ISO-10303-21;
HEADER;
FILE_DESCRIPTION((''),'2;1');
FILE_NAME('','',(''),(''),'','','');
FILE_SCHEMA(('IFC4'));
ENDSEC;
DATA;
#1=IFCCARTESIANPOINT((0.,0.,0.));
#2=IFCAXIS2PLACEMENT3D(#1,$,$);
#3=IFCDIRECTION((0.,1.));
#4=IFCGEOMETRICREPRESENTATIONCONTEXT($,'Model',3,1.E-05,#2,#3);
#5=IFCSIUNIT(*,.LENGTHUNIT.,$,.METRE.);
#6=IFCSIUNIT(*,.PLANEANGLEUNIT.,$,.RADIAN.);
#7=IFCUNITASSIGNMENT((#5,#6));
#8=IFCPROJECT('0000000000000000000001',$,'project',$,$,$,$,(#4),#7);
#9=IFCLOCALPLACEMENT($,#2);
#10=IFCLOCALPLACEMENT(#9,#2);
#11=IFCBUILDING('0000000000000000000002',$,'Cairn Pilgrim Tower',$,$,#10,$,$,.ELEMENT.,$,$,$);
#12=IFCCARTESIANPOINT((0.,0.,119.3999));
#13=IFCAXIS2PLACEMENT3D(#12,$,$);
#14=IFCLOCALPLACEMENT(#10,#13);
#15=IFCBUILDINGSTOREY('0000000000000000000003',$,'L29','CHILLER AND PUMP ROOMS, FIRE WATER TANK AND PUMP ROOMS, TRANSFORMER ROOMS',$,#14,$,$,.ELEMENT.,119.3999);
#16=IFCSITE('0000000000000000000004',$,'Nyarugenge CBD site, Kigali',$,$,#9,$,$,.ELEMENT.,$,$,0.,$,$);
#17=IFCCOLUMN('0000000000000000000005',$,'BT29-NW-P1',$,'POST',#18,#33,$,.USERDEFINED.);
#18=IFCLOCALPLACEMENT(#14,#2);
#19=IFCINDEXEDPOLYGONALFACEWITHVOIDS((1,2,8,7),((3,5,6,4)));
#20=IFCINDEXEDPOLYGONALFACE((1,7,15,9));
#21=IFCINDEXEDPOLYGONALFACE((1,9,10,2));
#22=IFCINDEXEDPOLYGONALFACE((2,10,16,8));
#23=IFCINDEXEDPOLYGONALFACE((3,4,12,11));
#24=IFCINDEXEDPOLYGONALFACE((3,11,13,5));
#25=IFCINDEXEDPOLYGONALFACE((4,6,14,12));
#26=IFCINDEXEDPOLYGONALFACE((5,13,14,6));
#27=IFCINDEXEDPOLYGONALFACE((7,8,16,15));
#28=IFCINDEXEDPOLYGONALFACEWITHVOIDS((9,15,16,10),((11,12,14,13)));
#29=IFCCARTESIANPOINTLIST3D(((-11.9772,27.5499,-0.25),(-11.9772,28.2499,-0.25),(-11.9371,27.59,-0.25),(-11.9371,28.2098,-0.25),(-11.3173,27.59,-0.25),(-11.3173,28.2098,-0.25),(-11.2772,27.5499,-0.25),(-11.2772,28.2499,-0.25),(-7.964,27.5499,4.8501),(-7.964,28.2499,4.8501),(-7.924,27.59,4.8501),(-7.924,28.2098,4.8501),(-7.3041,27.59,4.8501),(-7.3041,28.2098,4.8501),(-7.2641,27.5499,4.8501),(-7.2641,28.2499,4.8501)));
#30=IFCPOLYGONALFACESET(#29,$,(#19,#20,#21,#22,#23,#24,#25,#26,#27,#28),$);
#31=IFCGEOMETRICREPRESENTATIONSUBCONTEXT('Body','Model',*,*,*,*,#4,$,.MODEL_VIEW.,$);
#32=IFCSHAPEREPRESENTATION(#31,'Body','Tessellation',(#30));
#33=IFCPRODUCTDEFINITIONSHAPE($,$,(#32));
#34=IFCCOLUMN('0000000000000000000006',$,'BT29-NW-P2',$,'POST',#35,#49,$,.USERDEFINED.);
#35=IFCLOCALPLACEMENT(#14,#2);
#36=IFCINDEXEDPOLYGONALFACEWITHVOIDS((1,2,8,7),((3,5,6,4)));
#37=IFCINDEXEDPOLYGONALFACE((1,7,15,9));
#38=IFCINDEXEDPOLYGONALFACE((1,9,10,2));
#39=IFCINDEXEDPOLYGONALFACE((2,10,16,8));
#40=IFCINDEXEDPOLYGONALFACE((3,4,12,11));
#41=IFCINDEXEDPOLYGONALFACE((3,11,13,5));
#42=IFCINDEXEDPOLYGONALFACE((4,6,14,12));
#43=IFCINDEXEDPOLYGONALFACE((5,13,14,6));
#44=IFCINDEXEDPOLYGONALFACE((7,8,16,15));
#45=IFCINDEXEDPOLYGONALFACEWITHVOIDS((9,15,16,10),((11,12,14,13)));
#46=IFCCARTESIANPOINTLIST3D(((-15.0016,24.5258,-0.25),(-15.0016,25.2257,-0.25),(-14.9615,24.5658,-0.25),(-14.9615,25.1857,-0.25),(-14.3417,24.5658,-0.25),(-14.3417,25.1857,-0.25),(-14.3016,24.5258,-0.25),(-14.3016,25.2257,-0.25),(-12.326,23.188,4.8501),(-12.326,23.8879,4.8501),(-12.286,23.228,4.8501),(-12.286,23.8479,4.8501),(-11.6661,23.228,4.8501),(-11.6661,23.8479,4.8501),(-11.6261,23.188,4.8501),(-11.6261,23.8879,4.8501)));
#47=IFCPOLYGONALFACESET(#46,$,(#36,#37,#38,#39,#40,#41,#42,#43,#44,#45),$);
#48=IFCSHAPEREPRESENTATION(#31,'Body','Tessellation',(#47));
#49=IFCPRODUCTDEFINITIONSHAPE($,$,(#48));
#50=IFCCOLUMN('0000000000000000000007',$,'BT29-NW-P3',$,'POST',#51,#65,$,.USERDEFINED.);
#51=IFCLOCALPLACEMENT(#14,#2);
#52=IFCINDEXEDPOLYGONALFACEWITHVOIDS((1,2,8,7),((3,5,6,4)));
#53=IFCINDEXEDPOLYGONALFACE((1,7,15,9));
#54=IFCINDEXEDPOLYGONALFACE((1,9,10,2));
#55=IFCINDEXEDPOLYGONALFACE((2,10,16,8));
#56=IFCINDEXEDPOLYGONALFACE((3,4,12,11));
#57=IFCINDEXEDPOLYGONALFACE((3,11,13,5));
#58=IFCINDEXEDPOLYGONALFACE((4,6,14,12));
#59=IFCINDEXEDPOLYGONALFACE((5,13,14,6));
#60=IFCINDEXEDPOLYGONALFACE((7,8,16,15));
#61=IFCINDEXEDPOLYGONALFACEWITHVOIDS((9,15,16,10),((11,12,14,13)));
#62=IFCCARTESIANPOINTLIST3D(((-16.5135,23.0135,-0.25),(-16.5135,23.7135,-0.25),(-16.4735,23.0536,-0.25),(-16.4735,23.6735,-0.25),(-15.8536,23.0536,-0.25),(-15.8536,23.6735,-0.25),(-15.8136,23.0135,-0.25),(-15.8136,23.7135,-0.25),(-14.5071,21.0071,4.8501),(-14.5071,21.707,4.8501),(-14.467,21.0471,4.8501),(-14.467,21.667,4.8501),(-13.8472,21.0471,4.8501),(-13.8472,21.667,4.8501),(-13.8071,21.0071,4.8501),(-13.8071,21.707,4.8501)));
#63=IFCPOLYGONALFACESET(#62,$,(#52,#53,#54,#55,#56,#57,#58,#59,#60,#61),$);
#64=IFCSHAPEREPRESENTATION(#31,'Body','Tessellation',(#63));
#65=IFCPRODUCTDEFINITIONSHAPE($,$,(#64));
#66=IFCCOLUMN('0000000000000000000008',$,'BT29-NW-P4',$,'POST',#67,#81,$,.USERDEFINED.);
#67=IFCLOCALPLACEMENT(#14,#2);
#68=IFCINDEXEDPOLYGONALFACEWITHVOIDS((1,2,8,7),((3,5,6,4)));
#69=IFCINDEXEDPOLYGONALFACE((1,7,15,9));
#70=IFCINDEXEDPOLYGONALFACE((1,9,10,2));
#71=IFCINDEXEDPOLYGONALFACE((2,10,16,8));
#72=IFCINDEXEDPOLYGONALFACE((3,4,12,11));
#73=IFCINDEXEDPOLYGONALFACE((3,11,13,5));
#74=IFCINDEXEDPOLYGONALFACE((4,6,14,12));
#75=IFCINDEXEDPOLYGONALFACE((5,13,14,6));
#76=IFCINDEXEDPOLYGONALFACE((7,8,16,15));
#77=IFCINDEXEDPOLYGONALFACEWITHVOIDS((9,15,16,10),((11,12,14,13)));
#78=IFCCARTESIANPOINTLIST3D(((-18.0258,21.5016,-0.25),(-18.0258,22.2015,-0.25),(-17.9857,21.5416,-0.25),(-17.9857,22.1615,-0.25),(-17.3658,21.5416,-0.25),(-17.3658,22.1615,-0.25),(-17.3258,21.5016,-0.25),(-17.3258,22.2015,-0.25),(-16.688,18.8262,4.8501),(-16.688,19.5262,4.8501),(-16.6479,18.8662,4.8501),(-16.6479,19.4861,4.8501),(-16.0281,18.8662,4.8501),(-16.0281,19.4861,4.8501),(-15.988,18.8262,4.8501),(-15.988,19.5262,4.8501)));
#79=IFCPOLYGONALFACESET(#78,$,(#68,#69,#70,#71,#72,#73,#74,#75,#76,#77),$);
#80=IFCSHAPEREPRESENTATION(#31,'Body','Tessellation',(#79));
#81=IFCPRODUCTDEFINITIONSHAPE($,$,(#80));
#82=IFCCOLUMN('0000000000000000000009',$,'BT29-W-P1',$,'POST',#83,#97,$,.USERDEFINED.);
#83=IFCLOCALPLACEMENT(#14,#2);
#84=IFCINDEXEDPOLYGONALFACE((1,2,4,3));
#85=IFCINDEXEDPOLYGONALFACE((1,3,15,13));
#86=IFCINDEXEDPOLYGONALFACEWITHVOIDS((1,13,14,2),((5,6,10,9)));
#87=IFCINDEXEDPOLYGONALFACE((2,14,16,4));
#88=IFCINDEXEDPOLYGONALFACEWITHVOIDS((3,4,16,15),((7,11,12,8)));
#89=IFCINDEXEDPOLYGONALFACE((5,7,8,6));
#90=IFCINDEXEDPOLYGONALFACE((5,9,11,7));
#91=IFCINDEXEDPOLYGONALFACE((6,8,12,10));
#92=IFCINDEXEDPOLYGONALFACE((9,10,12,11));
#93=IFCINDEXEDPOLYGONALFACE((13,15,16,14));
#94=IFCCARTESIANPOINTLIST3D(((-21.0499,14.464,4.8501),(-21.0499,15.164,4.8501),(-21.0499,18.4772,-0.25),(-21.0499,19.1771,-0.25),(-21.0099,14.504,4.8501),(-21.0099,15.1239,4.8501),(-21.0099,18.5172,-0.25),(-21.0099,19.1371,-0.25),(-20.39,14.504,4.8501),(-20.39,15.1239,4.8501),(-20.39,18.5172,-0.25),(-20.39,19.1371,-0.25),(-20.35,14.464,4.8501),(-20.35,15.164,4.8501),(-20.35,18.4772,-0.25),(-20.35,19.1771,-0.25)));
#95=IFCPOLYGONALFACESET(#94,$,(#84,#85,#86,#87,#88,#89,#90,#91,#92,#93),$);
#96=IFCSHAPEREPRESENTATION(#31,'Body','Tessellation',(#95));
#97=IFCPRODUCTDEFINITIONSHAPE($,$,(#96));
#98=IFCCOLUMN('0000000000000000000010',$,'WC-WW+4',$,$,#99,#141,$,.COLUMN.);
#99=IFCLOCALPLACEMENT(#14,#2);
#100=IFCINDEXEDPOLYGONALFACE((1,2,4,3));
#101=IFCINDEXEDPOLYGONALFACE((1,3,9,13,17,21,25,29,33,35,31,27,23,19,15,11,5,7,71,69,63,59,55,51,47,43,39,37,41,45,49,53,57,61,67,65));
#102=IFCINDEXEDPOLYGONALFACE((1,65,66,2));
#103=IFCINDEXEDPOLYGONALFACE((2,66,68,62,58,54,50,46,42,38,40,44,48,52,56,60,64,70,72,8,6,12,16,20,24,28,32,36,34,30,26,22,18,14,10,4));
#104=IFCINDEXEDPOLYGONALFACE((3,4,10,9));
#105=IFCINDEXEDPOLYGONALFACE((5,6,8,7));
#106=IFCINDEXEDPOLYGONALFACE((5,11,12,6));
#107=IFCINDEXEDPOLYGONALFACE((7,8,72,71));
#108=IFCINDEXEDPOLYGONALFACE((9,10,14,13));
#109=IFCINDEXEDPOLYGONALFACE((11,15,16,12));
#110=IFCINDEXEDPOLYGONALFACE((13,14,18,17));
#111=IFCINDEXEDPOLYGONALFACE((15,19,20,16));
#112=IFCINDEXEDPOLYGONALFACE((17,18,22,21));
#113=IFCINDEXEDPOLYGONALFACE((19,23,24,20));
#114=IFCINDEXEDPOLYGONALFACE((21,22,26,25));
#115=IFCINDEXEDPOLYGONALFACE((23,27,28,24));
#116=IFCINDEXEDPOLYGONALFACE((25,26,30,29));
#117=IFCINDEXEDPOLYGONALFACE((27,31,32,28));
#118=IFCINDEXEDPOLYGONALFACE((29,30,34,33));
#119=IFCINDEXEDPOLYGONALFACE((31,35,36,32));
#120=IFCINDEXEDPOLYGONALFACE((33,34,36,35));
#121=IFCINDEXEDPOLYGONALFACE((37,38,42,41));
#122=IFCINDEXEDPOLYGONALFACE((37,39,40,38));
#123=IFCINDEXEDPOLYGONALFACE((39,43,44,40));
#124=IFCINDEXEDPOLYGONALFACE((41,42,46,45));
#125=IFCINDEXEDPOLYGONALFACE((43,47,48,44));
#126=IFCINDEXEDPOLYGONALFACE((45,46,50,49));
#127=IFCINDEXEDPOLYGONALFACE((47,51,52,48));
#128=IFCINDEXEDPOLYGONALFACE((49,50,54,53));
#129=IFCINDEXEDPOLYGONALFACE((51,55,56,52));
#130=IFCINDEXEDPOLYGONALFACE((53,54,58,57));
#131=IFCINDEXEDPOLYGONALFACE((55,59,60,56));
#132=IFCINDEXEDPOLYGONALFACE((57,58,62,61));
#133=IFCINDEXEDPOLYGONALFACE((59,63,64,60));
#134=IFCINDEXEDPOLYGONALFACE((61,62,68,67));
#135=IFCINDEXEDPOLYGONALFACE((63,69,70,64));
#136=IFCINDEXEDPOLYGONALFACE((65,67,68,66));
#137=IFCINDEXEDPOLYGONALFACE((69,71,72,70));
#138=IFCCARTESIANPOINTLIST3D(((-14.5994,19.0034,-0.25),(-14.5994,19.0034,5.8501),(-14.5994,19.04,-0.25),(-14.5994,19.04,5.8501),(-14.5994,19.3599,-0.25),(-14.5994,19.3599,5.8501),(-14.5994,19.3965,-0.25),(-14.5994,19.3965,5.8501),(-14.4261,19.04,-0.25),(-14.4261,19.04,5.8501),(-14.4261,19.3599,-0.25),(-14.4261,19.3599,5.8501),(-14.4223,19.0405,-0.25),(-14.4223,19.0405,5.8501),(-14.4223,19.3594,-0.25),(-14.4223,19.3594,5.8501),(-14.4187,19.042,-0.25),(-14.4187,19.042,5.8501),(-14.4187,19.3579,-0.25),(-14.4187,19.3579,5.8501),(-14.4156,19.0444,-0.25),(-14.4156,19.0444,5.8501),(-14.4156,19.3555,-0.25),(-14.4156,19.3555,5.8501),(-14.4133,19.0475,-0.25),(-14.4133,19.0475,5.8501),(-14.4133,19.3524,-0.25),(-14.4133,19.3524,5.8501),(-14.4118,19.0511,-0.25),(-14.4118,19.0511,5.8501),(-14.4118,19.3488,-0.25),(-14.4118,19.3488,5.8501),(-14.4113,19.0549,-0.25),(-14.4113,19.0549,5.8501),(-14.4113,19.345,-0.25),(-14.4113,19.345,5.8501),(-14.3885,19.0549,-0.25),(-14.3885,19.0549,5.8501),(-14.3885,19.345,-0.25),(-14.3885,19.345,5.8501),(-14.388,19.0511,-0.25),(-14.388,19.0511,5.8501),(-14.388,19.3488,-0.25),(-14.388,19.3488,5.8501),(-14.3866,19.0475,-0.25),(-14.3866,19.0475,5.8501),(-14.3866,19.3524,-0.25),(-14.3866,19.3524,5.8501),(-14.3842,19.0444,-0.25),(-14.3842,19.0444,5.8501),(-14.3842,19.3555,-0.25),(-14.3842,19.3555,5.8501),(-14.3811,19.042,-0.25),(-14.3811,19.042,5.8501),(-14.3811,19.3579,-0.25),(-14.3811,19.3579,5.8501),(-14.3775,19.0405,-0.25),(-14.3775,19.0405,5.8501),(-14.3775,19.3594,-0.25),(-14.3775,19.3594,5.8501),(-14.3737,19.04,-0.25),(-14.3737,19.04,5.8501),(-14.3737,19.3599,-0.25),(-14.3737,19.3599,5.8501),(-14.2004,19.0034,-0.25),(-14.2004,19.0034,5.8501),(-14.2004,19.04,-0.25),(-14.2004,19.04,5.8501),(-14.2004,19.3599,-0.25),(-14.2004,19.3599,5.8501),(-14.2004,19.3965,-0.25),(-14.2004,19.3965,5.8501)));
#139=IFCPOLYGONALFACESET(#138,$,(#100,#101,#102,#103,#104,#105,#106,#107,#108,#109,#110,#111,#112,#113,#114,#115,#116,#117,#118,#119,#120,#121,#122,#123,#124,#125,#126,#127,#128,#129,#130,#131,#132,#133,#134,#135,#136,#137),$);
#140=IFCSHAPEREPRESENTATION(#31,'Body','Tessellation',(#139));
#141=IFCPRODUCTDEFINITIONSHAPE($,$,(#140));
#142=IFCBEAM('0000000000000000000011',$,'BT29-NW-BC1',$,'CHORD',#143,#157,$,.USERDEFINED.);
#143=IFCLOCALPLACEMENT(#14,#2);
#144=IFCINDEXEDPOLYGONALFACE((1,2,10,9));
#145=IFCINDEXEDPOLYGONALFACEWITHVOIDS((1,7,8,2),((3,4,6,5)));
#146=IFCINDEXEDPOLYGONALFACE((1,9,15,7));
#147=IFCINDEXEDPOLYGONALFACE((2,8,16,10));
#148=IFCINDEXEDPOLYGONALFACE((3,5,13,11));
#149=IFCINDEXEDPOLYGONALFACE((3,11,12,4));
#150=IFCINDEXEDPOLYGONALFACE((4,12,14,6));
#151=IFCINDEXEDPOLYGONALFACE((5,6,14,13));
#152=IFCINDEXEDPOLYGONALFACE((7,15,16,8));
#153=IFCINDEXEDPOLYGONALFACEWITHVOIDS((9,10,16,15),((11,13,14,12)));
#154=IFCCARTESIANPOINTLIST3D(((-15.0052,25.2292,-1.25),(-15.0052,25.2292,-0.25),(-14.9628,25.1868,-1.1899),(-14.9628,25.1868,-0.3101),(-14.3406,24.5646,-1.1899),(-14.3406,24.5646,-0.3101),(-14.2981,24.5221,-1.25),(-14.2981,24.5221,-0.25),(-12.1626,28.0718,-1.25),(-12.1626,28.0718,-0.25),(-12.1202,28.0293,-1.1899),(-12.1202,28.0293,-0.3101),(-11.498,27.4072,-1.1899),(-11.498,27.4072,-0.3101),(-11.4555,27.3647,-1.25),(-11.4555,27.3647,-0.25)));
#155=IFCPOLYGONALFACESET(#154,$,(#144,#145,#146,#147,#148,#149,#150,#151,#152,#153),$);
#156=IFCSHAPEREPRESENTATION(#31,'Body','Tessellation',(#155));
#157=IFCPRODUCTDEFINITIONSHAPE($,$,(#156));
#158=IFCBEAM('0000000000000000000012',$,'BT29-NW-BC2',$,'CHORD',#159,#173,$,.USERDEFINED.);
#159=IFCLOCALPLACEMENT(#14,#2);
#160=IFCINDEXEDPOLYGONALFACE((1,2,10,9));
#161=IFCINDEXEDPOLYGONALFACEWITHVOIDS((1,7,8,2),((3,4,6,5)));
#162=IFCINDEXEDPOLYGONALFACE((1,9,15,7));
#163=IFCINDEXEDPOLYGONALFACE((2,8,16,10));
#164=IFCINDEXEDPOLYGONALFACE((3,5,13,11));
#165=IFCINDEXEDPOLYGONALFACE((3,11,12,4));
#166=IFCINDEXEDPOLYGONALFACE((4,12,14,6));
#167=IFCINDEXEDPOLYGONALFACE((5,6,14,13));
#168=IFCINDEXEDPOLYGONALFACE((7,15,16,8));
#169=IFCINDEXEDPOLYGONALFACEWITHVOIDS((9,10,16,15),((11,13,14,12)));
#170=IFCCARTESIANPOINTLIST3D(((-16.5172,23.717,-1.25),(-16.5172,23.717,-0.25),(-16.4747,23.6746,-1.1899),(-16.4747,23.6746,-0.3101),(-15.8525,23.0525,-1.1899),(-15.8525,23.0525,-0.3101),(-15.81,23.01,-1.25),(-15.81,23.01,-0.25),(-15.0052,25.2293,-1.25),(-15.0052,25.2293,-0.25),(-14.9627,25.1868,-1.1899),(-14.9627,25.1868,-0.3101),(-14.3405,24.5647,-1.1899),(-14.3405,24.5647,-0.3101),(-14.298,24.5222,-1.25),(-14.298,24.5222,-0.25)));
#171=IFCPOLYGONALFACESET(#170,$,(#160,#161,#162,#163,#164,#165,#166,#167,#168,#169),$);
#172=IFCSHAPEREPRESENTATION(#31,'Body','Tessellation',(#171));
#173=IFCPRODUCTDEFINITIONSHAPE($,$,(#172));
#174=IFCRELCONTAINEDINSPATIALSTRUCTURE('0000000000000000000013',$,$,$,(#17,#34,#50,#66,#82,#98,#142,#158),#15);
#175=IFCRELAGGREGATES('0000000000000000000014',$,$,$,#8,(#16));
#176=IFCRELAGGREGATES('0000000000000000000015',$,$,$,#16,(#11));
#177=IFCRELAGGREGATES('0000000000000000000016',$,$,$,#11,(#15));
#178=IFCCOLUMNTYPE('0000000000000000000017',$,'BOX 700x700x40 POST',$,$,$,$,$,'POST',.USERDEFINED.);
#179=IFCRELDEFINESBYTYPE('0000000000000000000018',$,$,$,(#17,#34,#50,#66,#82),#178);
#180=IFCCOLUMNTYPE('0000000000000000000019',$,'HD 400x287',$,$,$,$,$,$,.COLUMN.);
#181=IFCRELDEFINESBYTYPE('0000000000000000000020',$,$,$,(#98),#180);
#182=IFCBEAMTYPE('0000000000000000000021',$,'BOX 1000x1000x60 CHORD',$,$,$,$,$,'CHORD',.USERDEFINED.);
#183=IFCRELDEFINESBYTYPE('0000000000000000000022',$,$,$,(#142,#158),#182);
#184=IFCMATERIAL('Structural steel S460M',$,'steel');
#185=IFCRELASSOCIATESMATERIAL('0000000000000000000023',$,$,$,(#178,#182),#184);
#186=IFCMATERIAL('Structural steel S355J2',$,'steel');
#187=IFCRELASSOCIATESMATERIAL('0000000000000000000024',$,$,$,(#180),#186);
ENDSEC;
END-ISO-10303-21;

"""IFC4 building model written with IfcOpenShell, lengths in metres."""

from ifc_helpers import new_model, si_unit, direction, frame, origin, origin_2d, place, context, subcontext, project, spatial, hollow_rectangle, i_section, extrude, clip, halfspace, material, material_profile, profile_set, type_object, element, save


model = new_model("IFC4")

# Units and contexts
model_context = context("Model", 3, precision=1e-05, world=origin(), true_north=direction((0.0, 1.0)))
body_context = subcontext(model_context, "Body", "Model", "MODEL_VIEW")
ifc_project = project(units=[si_unit("LENGTHUNIT", "METRE"), si_unit("PLANEANGLEUNIT", "RADIAN")], contexts=[model_context])

# Site, building, storey
site_placement = place(None, origin())
site = spatial("IfcSite", under=ifc_project, at=site_placement, Name="Nyarugenge CBD site, Kigali", CompositionType="ELEMENT", RefElevation=0.0)
building_placement = place(site_placement, origin())
building = spatial("IfcBuilding", under=site, at=building_placement, Name="Cairn Pilgrim Tower", CompositionType="ELEMENT")
storey_placement = place(building_placement, frame((0.0, 0.0, 119.3999)))
storey = spatial("IfcBuildingStorey", under=building, at=storey_placement, Name="L29", Description="CHILLER AND PUMP ROOMS, FIRE WATER TANK AND PUMP ROOMS, TRANSFORMER ROOMS", CompositionType="ELEMENT", Elevation=119.3999)

# Columns
ifc_material_1 = material(Name="Structural steel S460M", Category="steel")
ifc_material_profile_1 = material_profile(ifc_material_1, hollow_rectangle(XDim=0.7, YDim=0.7, WallThickness=0.04, at=origin_2d()), Name="BOX 700x700x40")
ifc_profile_set_1 = profile_set([ifc_material_profile_1], Name="Structural steel S460M")
column_type_1 = type_object("IfcColumnType", Name="BOX 700x700x40 POST", ElementType="POST", PredefinedType="USERDEFINED", material=ifc_profile_set_1)
column_1_placement = place(storey_placement, frame((-11.6272, 27.8999, -0.25), z_axis=(0.0, 0.0, 1.0), x_axis=(1.0, 0.0, 0.0)))
element("IfcColumn", 1, at=column_1_placement, inside=storey, type_object=column_type_1, Name="BT29-NW-P1", ObjectType="POST", PredefinedType="USERDEFINED", context=body_context, shape_type="Clipping", body=[
    clip(extrude(hollow_rectangle(XDim=0.7, YDim=0.7, WallThickness=0.04, at=origin_2d()), origin(), (0.618388, 0.0, 0.785873), 7.7622), halfspace(frame((0.0, 0.0, 5.1001), z_axis=(0.0, 0.0, 1.0), x_axis=(1.0, 0.0, 0.0)), False)),
])
column_2_placement = place(storey_placement, frame((-14.6516, 24.8757, -0.25), z_axis=(0.0, 0.0, 1.0), x_axis=(1.0, 0.0, 0.0)))
element("IfcColumn", 2, at=column_2_placement, inside=storey, type_object=column_type_1, Name="BT29-NW-P2", ObjectType="POST", PredefinedType="USERDEFINED", context=body_context, shape_type="Clipping", body=[
    clip(extrude(hollow_rectangle(XDim=0.7, YDim=0.7, WallThickness=0.04, at=origin_2d()), origin(), (0.452518, -0.226259, 0.862574), 7.072), halfspace(frame((0.0, 0.0, 5.1001), z_axis=(0.0, 0.0, 1.0), x_axis=(1.0, 0.0, 0.0)), False)),
])
column_3_placement = place(storey_placement, frame((-16.1636, 23.3635, -0.25), z_axis=(0.0, 0.0, 1.0), x_axis=(1.0, 0.0, 0.0)))
element("IfcColumn", 3, at=column_3_placement, inside=storey, type_object=column_type_1, Name="BT29-NW-P3", ObjectType="POST", PredefinedType="USERDEFINED", context=body_context, shape_type="Clipping", body=[
    clip(extrude(hollow_rectangle(XDim=0.7, YDim=0.7, WallThickness=0.04, at=origin_2d()), origin(), (0.343791, -0.343791, 0.873851), 6.9807), halfspace(frame((0.0, 0.0, 5.1001), z_axis=(0.0, 0.0, 1.0), x_axis=(1.0, 0.0, 0.0)), False)),
])
column_4_placement = place(storey_placement, frame((-17.6758, 21.8516, -0.25), z_axis=(0.0, 0.0, 1.0), x_axis=(1.0, 0.0, 0.0)))
element("IfcColumn", 4, at=column_4_placement, inside=storey, type_object=column_type_1, Name="BT29-NW-P4", ObjectType="POST", PredefinedType="USERDEFINED", context=body_context, shape_type="Clipping", body=[
    clip(extrude(hollow_rectangle(XDim=0.7, YDim=0.7, WallThickness=0.04, at=origin_2d()), origin(), (0.226263, -0.452491, 0.862588), 7.0718), halfspace(frame((0.0, 0.0, 5.1001), z_axis=(0.0, 0.0, 1.0), x_axis=(1.0, 0.0, 0.0)), False)),
])
column_5_placement = place(storey_placement, frame((-20.7, 18.8271, -0.25), z_axis=(0.0, 0.0, 1.0), x_axis=(1.0, 0.0, 0.0)))
element("IfcColumn", 5, at=column_5_placement, inside=storey, type_object=column_type_1, Name="BT29-W-P1", ObjectType="POST", PredefinedType="USERDEFINED", context=body_context, shape_type="Clipping", body=[
    clip(extrude(hollow_rectangle(XDim=0.7, YDim=0.7, WallThickness=0.04, at=origin_2d()), origin(), (0.0, -0.618388, 0.785873), 7.7622), halfspace(frame((0.0, 0.0, 5.1001), z_axis=(0.0, 0.0, 1.0), x_axis=(1.0, 0.0, 0.0)), False)),
])
ifc_material_2 = material(Name="Structural steel S355J2", Category="steel")
ifc_material_profile_2 = material_profile(ifc_material_2, i_section(OverallWidth=0.3989, OverallDepth=0.3931, WebThickness=0.0227, FlangeThickness=0.0366, FilletRadius=0.0149, at=origin_2d()), Name="HD 400x287")
ifc_profile_set_2 = profile_set([ifc_material_profile_2], Name="Structural steel S355J2")
column_type_2 = type_object("IfcColumnType", Name="HD 400x287", PredefinedType="COLUMN", material=ifc_profile_set_2)
column_6_placement = place(storey_placement, frame((-14.3999, 19.2, -0.25), z_axis=(0.0, 0.0, 1.0), x_axis=(1.0, 0.0, 0.0)))
element("IfcColumn", 6, at=column_6_placement, inside=storey, type_object=column_type_2, Name="WC-WW+4", PredefinedType="COLUMN", context=body_context, shape_type="SweptSolid", body=[
    extrude(i_section(OverallWidth=0.3989, OverallDepth=0.3931, WebThickness=0.0227, FlangeThickness=0.0366, FilletRadius=0.0149, at=origin_2d()), origin(), (0.0, 0.0, 1.0), 6.1001),
])

# Beams
ifc_material_profile_3 = material_profile(ifc_material_1, hollow_rectangle(XDim=1.0, YDim=1.0, WallThickness=0.0601, at=origin_2d()), Name="BOX 1000x1000x60")
ifc_profile_set_3 = profile_set([ifc_material_profile_3], Name="Structural steel S460M")
beam_type_1 = type_object("IfcBeamType", Name="BOX 1000x1000x60 CHORD", ElementType="CHORD", PredefinedType="USERDEFINED", material=ifc_profile_set_3)
beam_1_placement = place(storey_placement, frame((-11.8091, 27.7183, -0.75), z_axis=(-0.707107, -0.707107, 0.0), x_axis=(0.707107, -0.707107, 0.0)))
element("IfcBeam", 7, at=beam_1_placement, inside=storey, type_object=beam_type_1, Name="BT29-NW-BC1", ObjectType="CHORD", PredefinedType="USERDEFINED", context=body_context, shape_type="SweptSolid", body=[
    extrude(hollow_rectangle(XDim=1.0, YDim=1.0, WallThickness=0.0601, at=origin_2d()), origin(), (0.0, 0.0, 1.0), 4.02),
])
beam_2_placement = place(storey_placement, frame((-14.6516, 24.8757, -0.75), z_axis=(-0.70705, -0.707164, 0.0), x_axis=(0.707164, -0.70705, 0.0)))
element("IfcBeam", 8, at=beam_2_placement, inside=storey, type_object=beam_type_1, Name="BT29-NW-BC2", ObjectType="CHORD", PredefinedType="USERDEFINED", context=body_context, shape_type="SweptSolid", body=[
    extrude(hollow_rectangle(XDim=1.0, YDim=1.0, WallThickness=0.0601, at=origin_2d()), origin(), (0.0, 0.0, 1.0), 2.1384),
])

save(model, "model.ifc")
